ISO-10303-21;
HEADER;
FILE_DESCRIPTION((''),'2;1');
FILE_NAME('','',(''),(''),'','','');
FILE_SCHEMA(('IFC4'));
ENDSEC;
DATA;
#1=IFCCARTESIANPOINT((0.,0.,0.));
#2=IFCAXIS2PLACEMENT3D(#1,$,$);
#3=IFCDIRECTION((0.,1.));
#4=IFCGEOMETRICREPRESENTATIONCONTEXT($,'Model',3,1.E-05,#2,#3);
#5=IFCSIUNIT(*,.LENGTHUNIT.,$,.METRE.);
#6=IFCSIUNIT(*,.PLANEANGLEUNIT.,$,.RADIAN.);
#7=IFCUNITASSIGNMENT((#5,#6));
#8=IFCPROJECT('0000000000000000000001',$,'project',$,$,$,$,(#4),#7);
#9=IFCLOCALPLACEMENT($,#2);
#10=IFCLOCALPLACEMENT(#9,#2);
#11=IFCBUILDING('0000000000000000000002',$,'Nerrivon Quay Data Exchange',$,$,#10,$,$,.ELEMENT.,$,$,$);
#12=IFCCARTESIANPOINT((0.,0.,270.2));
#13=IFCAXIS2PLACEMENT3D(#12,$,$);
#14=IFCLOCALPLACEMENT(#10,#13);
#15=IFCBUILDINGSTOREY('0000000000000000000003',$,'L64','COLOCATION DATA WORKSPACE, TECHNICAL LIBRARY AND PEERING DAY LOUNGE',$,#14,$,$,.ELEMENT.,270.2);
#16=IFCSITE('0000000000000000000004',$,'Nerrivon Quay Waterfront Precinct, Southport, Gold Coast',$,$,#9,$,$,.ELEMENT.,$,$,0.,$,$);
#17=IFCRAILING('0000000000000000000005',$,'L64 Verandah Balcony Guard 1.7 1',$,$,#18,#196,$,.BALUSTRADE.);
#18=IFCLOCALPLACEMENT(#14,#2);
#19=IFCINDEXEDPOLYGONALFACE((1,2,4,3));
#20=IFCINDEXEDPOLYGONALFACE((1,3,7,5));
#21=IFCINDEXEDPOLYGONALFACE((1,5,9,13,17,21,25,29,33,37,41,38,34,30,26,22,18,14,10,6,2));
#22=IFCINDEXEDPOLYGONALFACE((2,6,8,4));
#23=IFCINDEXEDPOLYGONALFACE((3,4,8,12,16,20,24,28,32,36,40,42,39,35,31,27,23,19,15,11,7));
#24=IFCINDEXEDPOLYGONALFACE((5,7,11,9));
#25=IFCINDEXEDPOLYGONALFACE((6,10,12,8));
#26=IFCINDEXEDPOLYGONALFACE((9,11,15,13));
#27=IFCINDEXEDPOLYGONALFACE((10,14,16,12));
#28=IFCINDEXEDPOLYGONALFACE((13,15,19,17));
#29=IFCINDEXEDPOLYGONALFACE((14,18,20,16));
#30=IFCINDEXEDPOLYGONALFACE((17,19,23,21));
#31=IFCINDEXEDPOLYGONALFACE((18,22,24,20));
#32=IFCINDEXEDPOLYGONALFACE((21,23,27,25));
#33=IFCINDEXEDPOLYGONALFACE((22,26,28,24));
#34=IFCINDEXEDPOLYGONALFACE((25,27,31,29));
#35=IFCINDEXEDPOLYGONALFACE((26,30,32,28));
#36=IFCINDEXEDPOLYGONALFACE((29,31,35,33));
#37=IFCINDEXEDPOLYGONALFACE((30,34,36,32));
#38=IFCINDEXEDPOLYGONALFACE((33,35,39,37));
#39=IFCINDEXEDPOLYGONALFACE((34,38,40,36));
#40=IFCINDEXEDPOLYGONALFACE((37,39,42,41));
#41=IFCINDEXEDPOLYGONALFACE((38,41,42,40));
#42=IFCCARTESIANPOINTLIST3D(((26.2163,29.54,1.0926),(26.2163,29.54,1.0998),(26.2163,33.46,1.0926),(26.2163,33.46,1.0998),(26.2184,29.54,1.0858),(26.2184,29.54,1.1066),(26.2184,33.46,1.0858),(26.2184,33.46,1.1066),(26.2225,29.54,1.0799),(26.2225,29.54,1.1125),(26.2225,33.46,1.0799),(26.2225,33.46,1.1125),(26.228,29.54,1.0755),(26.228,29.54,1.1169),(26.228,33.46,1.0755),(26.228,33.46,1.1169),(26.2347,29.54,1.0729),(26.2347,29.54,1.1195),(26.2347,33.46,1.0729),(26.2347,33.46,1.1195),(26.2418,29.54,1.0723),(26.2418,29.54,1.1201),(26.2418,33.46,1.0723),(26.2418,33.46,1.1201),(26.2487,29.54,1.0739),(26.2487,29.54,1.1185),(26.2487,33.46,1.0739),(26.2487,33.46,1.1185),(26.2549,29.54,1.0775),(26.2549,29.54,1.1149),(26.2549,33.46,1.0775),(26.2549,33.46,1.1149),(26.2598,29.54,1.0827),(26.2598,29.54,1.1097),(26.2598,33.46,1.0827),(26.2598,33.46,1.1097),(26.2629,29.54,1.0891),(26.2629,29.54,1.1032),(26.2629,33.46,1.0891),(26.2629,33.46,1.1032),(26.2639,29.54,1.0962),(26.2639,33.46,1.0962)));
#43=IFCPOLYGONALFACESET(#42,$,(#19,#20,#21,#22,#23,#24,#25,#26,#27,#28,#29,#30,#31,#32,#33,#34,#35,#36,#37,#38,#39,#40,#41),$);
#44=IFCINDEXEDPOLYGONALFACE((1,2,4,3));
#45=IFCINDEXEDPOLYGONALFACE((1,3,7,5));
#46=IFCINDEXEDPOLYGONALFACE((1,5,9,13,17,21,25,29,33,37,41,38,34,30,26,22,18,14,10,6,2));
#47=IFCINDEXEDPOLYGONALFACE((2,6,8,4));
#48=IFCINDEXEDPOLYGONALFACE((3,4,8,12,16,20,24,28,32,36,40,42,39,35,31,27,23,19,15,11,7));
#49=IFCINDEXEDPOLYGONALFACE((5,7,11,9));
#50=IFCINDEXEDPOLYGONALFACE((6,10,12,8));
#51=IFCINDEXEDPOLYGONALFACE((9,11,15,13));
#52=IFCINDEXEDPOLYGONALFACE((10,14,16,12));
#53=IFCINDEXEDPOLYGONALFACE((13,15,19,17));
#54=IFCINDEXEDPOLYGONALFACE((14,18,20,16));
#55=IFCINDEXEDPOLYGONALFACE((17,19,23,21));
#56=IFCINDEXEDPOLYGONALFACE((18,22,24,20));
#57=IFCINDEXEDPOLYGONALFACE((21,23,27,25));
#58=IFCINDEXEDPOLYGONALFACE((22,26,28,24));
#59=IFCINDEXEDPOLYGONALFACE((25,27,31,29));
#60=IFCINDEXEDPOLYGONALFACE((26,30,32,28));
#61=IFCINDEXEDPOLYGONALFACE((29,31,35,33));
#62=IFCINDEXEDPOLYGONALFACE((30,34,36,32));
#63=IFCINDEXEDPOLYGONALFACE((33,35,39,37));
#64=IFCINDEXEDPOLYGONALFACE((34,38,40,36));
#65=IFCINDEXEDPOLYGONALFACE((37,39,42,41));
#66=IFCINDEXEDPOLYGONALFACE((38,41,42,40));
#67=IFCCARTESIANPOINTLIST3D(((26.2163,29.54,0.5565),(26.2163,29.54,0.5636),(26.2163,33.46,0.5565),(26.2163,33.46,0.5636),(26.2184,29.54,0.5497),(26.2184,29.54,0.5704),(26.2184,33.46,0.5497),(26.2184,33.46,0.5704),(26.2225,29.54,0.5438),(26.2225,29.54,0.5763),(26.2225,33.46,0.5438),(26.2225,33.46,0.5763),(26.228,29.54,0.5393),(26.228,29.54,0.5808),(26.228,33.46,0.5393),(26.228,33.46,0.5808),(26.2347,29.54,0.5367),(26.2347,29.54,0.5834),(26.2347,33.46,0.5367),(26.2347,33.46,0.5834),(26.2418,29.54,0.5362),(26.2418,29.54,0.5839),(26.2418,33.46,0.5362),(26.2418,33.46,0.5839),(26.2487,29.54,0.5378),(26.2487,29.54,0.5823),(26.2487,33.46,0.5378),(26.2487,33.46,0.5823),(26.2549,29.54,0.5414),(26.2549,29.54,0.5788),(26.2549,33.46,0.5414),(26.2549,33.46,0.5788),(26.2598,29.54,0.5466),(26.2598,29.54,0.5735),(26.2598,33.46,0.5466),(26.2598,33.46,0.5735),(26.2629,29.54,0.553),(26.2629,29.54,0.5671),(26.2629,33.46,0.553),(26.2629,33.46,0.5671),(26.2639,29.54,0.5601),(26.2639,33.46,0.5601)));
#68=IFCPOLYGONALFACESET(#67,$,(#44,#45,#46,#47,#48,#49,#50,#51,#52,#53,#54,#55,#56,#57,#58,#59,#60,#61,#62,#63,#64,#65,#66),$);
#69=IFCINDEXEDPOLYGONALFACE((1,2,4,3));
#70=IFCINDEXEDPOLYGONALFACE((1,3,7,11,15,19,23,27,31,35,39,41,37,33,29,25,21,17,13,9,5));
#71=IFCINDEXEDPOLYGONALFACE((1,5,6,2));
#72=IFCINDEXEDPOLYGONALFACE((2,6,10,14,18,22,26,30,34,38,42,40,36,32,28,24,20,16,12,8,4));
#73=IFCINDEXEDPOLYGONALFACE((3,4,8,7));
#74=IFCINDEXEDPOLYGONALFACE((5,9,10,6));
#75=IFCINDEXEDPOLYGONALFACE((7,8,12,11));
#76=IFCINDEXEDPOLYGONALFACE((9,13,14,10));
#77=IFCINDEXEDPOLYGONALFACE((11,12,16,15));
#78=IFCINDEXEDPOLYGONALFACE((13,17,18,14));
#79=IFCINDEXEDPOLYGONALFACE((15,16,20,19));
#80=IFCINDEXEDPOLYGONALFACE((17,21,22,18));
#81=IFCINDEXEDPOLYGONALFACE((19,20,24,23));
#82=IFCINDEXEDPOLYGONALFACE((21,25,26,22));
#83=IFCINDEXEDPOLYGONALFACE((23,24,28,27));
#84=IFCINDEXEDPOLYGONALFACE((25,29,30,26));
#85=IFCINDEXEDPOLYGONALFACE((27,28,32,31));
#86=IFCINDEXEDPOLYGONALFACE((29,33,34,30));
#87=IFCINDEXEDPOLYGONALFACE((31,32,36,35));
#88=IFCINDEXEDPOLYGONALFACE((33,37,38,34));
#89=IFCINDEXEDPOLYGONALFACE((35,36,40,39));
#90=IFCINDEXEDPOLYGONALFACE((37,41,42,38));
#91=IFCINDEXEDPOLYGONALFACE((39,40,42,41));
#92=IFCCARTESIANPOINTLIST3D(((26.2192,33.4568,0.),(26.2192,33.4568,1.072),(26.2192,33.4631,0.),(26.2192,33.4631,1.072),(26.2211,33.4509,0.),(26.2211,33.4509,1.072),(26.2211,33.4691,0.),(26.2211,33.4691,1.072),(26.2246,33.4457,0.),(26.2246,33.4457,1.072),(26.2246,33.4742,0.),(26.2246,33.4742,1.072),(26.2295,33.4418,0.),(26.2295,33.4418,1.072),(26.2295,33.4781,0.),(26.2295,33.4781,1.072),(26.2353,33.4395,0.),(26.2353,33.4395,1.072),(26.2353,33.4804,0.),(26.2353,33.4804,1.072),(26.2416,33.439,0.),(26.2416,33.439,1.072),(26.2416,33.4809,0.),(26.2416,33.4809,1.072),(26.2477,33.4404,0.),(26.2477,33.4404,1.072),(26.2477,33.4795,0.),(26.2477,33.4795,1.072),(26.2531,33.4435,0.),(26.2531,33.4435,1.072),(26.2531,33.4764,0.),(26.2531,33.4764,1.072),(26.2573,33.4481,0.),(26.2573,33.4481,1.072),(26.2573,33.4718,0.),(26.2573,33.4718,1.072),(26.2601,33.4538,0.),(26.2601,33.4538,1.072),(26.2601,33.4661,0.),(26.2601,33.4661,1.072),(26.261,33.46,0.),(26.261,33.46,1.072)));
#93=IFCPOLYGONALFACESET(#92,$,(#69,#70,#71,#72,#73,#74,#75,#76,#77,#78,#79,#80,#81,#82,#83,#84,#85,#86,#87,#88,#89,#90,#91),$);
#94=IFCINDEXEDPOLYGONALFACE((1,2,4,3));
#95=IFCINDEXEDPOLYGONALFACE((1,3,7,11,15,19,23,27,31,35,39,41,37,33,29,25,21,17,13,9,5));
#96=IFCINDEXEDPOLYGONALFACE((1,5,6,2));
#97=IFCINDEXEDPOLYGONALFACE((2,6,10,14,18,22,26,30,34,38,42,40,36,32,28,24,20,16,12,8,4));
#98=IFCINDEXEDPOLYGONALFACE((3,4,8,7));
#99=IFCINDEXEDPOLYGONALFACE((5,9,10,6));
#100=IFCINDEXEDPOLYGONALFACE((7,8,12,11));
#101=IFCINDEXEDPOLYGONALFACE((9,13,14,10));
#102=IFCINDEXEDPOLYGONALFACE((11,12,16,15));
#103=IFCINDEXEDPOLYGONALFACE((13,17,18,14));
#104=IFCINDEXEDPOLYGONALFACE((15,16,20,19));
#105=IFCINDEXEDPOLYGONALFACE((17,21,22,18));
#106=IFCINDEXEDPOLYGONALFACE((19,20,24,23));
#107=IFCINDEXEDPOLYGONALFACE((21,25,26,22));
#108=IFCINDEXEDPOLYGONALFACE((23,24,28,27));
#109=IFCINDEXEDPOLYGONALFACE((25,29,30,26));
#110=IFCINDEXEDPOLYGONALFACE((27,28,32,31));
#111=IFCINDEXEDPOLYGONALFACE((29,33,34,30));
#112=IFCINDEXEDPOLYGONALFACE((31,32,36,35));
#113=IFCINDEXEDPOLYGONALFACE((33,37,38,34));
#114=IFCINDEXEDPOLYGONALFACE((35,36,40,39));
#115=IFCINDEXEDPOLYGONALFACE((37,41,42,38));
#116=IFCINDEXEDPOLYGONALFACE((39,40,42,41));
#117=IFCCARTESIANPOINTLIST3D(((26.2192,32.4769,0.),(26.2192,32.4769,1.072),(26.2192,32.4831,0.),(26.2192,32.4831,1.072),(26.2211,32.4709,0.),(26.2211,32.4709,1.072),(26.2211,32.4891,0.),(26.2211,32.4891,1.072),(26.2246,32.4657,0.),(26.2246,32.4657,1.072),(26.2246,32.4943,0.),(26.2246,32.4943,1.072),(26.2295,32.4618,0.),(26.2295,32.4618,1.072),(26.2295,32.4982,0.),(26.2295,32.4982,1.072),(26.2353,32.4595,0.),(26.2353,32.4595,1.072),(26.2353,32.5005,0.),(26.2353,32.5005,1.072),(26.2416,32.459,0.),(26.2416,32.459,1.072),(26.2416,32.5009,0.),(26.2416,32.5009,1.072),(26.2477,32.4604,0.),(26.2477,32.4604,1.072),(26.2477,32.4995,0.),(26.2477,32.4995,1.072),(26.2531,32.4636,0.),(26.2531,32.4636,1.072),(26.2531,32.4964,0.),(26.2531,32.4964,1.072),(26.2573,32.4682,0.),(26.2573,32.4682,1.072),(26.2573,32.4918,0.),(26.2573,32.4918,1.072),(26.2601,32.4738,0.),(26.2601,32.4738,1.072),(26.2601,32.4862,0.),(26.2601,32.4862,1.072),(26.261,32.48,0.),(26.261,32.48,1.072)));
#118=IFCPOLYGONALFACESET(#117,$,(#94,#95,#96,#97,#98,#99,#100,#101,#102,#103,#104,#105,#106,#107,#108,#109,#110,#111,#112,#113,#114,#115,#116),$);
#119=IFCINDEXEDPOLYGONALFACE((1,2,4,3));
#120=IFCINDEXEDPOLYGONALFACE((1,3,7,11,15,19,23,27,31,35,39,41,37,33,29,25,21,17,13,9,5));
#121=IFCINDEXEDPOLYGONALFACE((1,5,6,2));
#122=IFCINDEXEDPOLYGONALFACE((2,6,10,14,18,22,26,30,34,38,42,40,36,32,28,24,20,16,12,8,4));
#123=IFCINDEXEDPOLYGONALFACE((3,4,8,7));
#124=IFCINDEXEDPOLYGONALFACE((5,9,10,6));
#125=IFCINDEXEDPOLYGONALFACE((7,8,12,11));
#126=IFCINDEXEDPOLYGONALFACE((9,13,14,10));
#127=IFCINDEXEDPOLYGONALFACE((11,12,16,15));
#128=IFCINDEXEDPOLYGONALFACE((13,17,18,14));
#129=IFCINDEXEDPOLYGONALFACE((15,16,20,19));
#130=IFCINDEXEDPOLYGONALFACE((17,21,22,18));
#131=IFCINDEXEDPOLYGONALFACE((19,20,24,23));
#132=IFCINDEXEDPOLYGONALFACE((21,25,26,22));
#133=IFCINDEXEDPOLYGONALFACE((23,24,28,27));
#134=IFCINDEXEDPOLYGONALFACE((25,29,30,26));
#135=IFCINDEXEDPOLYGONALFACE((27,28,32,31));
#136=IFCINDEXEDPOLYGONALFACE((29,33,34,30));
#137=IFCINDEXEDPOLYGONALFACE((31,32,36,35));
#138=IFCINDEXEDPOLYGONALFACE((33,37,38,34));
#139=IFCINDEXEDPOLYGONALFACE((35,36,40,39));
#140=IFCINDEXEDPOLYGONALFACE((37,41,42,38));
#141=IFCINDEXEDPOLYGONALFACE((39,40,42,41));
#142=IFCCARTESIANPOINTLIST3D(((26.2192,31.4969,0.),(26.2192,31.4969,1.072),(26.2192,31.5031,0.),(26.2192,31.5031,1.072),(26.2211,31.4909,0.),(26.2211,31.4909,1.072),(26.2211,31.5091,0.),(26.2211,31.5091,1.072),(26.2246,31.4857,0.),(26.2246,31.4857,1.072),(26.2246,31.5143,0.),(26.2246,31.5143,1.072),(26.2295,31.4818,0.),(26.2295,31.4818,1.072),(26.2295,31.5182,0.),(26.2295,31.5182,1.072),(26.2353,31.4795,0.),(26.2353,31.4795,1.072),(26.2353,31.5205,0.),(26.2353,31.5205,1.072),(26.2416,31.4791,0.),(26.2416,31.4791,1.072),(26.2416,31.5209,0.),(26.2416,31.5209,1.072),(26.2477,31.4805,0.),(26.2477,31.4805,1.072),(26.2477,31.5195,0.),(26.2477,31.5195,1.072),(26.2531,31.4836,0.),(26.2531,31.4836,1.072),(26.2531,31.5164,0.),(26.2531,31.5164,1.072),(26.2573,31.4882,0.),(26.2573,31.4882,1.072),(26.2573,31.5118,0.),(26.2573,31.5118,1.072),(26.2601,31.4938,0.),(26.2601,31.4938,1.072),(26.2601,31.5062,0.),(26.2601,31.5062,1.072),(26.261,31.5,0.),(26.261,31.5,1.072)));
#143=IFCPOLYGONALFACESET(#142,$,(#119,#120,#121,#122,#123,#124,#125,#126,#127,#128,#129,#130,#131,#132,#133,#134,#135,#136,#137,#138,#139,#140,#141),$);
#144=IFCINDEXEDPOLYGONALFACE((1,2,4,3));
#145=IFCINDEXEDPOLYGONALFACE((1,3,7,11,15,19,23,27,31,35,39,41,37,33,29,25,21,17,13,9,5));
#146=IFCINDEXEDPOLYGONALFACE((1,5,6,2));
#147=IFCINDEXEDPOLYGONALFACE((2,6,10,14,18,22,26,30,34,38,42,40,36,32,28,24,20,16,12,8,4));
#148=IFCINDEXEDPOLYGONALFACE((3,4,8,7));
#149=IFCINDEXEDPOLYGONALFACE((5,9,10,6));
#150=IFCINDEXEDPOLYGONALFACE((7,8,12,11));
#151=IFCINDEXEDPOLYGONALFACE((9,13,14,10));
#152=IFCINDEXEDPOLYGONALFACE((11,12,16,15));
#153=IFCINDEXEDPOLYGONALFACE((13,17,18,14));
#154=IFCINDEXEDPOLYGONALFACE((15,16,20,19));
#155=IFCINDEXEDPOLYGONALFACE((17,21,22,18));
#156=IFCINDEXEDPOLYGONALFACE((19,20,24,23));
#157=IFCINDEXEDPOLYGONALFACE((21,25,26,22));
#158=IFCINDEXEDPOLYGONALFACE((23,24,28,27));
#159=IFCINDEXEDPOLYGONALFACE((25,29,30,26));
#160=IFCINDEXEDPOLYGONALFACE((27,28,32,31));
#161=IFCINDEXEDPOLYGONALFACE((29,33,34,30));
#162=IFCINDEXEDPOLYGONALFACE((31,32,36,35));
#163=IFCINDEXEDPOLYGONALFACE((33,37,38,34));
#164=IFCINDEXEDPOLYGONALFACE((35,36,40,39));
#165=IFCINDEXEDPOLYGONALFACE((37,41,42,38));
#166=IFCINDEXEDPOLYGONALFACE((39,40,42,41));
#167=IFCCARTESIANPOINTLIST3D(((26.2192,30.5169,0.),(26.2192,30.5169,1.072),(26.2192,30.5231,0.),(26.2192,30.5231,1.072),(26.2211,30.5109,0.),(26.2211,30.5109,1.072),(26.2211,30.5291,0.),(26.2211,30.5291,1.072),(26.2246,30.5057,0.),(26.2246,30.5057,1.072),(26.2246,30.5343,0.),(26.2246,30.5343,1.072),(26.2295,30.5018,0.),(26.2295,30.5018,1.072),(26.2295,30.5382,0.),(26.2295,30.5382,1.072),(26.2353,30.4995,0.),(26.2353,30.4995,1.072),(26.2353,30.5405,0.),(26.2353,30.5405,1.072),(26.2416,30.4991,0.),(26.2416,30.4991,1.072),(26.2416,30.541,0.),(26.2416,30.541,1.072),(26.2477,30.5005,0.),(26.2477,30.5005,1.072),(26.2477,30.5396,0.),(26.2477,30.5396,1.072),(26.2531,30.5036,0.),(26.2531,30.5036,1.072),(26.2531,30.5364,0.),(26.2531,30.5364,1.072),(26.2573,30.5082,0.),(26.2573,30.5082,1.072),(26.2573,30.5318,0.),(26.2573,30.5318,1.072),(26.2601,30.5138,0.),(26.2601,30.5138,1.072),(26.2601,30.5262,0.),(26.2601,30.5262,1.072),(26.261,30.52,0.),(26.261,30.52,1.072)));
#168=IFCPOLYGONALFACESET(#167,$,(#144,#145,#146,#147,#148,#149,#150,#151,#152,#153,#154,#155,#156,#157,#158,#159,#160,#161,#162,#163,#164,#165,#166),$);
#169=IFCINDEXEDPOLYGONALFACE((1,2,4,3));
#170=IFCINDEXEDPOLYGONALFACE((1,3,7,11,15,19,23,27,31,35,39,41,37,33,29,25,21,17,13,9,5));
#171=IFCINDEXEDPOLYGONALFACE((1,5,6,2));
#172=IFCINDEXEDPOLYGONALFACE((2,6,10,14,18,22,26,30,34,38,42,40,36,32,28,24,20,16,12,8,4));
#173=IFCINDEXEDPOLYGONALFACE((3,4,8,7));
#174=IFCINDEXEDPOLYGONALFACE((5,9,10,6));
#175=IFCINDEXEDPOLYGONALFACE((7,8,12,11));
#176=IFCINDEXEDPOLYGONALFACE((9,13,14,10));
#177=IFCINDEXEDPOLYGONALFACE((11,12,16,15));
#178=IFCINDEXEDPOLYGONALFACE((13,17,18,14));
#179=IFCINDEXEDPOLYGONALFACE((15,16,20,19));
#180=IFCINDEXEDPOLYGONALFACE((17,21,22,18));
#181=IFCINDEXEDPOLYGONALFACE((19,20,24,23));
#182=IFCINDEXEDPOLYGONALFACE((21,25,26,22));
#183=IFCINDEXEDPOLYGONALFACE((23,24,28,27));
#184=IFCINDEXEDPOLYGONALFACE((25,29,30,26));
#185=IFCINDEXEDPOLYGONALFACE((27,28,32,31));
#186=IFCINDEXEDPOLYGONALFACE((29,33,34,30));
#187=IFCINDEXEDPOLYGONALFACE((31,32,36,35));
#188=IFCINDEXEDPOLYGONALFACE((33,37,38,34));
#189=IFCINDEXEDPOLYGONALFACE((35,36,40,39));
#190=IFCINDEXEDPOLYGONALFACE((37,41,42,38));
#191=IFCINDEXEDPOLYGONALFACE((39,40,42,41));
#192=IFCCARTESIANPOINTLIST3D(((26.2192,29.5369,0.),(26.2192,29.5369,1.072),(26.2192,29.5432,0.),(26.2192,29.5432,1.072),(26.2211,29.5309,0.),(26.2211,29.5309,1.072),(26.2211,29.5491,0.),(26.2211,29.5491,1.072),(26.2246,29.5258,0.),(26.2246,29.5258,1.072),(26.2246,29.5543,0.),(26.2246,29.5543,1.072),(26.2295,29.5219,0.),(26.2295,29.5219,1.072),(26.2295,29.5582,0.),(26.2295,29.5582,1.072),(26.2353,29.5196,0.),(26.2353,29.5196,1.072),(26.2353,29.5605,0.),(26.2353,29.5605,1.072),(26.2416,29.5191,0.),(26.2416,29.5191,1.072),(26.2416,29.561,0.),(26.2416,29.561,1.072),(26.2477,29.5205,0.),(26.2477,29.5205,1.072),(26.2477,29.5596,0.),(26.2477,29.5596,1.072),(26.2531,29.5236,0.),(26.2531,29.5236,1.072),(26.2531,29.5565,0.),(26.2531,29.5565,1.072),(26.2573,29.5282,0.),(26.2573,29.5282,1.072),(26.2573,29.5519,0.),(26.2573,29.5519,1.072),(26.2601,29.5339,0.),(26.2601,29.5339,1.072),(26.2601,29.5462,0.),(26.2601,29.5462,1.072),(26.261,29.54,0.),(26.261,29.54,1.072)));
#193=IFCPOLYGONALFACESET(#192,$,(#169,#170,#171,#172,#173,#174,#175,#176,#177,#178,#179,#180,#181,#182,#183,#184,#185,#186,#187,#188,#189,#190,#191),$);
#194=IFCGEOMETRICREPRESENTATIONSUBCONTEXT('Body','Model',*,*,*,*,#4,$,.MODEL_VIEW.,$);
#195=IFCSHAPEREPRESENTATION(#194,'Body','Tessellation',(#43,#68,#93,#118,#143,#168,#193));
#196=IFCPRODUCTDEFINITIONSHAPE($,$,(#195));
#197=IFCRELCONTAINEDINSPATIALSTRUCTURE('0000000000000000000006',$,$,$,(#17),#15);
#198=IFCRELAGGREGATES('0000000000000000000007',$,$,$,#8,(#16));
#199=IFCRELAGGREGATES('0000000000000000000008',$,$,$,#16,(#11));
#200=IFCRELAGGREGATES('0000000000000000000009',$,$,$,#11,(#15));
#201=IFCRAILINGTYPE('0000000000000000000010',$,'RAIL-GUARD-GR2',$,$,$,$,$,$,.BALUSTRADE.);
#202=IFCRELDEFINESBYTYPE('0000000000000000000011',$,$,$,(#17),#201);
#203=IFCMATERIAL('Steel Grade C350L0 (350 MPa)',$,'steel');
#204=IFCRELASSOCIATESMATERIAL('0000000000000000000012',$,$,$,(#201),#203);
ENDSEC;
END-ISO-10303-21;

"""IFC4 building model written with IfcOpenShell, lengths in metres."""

from ifc_helpers import new_model, si_unit, direction, frame, origin, origin_2d, place, context, subcontext, project, spatial, circle, extrude, material, type_object, element, save


model = new_model("IFC4")

# Units and contexts
model_context = context("Model", 3, precision=1e-05, world=origin(), true_north=direction((0.0, 1.0)))
body_context = subcontext(model_context, "Body", "Model", "MODEL_VIEW")
ifc_project = project(units=[si_unit("LENGTHUNIT", "METRE"), si_unit("PLANEANGLEUNIT", "RADIAN")], contexts=[model_context])

# Site, building, storey
site_placement = place(None, origin())
site = spatial("IfcSite", under=ifc_project, at=site_placement, Name="Nerrivon Quay Waterfront Precinct, Southport, Gold Coast", CompositionType="ELEMENT", RefElevation=0.0)
building_placement = place(site_placement, origin())
building = spatial("IfcBuilding", under=site, at=building_placement, Name="Nerrivon Quay Data Exchange", CompositionType="ELEMENT")
storey_placement = place(building_placement, frame((0.0, 0.0, 270.2)))
storey = spatial("IfcBuildingStorey", under=building, at=storey_placement, Name="L64", Description="COLOCATION DATA WORKSPACE, TECHNICAL LIBRARY AND PEERING DAY LOUNGE", CompositionType="ELEMENT", Elevation=270.2)

# Shared definitions
ifc_material_1 = material(Name="Steel Grade C350L0 (350 MPa)", Category="steel")

# Railing
railing_type = type_object("IfcRailingType", Name="RAIL-GUARD-GR2", PredefinedType="BALUSTRADE", material=ifc_material_1)
railing_1_placement = place(storey_placement, frame((26.24, 33.46, 0.0)))
element("IfcRailing", 1, at=railing_1_placement, inside=storey, type_object=railing_type, Name="L64 Verandah Balcony Guard 1.7 1", PredefinedType="BALUSTRADE", context=body_context, shape_type="SweptSolid", body=[
    extrude(circle(Radius=0.0239, at=origin_2d()), frame((0.0, 0.0, 1.0962), z_axis=(0.0, -1.0, 0.0), x_axis=(1.0, 0.0, 0.0)), (0.0, 0.0, 1.0), 3.9199),
    extrude(circle(Radius=0.0239, at=origin_2d()), frame((0.0, 0.0, 0.5601), z_axis=(0.0, -1.0, 0.0), x_axis=(1.0, 0.0, 0.0)), (0.0, 0.0, 1.0), 3.9199),
    extrude(circle(Radius=0.021, at=origin_2d()), origin(), (0.0, 0.0, 1.0), 1.072),
    extrude(circle(Radius=0.021, at=origin_2d()), frame((0.0, -0.98, 0.0)), (0.0, 0.0, 1.0), 1.072),
    extrude(circle(Radius=0.021, at=origin_2d()), frame((0.0, -1.96, 0.0)), (0.0, 0.0, 1.0), 1.072),
    extrude(circle(Radius=0.021, at=origin_2d()), frame((0.0, -2.9399, 0.0)), (0.0, 0.0, 1.0), 1.072),
    extrude(circle(Radius=0.021, at=origin_2d()), frame((0.0, -3.9199, 0.0)), (0.0, 0.0, 1.0), 1.072),
])

save(model, "model.ifc")
